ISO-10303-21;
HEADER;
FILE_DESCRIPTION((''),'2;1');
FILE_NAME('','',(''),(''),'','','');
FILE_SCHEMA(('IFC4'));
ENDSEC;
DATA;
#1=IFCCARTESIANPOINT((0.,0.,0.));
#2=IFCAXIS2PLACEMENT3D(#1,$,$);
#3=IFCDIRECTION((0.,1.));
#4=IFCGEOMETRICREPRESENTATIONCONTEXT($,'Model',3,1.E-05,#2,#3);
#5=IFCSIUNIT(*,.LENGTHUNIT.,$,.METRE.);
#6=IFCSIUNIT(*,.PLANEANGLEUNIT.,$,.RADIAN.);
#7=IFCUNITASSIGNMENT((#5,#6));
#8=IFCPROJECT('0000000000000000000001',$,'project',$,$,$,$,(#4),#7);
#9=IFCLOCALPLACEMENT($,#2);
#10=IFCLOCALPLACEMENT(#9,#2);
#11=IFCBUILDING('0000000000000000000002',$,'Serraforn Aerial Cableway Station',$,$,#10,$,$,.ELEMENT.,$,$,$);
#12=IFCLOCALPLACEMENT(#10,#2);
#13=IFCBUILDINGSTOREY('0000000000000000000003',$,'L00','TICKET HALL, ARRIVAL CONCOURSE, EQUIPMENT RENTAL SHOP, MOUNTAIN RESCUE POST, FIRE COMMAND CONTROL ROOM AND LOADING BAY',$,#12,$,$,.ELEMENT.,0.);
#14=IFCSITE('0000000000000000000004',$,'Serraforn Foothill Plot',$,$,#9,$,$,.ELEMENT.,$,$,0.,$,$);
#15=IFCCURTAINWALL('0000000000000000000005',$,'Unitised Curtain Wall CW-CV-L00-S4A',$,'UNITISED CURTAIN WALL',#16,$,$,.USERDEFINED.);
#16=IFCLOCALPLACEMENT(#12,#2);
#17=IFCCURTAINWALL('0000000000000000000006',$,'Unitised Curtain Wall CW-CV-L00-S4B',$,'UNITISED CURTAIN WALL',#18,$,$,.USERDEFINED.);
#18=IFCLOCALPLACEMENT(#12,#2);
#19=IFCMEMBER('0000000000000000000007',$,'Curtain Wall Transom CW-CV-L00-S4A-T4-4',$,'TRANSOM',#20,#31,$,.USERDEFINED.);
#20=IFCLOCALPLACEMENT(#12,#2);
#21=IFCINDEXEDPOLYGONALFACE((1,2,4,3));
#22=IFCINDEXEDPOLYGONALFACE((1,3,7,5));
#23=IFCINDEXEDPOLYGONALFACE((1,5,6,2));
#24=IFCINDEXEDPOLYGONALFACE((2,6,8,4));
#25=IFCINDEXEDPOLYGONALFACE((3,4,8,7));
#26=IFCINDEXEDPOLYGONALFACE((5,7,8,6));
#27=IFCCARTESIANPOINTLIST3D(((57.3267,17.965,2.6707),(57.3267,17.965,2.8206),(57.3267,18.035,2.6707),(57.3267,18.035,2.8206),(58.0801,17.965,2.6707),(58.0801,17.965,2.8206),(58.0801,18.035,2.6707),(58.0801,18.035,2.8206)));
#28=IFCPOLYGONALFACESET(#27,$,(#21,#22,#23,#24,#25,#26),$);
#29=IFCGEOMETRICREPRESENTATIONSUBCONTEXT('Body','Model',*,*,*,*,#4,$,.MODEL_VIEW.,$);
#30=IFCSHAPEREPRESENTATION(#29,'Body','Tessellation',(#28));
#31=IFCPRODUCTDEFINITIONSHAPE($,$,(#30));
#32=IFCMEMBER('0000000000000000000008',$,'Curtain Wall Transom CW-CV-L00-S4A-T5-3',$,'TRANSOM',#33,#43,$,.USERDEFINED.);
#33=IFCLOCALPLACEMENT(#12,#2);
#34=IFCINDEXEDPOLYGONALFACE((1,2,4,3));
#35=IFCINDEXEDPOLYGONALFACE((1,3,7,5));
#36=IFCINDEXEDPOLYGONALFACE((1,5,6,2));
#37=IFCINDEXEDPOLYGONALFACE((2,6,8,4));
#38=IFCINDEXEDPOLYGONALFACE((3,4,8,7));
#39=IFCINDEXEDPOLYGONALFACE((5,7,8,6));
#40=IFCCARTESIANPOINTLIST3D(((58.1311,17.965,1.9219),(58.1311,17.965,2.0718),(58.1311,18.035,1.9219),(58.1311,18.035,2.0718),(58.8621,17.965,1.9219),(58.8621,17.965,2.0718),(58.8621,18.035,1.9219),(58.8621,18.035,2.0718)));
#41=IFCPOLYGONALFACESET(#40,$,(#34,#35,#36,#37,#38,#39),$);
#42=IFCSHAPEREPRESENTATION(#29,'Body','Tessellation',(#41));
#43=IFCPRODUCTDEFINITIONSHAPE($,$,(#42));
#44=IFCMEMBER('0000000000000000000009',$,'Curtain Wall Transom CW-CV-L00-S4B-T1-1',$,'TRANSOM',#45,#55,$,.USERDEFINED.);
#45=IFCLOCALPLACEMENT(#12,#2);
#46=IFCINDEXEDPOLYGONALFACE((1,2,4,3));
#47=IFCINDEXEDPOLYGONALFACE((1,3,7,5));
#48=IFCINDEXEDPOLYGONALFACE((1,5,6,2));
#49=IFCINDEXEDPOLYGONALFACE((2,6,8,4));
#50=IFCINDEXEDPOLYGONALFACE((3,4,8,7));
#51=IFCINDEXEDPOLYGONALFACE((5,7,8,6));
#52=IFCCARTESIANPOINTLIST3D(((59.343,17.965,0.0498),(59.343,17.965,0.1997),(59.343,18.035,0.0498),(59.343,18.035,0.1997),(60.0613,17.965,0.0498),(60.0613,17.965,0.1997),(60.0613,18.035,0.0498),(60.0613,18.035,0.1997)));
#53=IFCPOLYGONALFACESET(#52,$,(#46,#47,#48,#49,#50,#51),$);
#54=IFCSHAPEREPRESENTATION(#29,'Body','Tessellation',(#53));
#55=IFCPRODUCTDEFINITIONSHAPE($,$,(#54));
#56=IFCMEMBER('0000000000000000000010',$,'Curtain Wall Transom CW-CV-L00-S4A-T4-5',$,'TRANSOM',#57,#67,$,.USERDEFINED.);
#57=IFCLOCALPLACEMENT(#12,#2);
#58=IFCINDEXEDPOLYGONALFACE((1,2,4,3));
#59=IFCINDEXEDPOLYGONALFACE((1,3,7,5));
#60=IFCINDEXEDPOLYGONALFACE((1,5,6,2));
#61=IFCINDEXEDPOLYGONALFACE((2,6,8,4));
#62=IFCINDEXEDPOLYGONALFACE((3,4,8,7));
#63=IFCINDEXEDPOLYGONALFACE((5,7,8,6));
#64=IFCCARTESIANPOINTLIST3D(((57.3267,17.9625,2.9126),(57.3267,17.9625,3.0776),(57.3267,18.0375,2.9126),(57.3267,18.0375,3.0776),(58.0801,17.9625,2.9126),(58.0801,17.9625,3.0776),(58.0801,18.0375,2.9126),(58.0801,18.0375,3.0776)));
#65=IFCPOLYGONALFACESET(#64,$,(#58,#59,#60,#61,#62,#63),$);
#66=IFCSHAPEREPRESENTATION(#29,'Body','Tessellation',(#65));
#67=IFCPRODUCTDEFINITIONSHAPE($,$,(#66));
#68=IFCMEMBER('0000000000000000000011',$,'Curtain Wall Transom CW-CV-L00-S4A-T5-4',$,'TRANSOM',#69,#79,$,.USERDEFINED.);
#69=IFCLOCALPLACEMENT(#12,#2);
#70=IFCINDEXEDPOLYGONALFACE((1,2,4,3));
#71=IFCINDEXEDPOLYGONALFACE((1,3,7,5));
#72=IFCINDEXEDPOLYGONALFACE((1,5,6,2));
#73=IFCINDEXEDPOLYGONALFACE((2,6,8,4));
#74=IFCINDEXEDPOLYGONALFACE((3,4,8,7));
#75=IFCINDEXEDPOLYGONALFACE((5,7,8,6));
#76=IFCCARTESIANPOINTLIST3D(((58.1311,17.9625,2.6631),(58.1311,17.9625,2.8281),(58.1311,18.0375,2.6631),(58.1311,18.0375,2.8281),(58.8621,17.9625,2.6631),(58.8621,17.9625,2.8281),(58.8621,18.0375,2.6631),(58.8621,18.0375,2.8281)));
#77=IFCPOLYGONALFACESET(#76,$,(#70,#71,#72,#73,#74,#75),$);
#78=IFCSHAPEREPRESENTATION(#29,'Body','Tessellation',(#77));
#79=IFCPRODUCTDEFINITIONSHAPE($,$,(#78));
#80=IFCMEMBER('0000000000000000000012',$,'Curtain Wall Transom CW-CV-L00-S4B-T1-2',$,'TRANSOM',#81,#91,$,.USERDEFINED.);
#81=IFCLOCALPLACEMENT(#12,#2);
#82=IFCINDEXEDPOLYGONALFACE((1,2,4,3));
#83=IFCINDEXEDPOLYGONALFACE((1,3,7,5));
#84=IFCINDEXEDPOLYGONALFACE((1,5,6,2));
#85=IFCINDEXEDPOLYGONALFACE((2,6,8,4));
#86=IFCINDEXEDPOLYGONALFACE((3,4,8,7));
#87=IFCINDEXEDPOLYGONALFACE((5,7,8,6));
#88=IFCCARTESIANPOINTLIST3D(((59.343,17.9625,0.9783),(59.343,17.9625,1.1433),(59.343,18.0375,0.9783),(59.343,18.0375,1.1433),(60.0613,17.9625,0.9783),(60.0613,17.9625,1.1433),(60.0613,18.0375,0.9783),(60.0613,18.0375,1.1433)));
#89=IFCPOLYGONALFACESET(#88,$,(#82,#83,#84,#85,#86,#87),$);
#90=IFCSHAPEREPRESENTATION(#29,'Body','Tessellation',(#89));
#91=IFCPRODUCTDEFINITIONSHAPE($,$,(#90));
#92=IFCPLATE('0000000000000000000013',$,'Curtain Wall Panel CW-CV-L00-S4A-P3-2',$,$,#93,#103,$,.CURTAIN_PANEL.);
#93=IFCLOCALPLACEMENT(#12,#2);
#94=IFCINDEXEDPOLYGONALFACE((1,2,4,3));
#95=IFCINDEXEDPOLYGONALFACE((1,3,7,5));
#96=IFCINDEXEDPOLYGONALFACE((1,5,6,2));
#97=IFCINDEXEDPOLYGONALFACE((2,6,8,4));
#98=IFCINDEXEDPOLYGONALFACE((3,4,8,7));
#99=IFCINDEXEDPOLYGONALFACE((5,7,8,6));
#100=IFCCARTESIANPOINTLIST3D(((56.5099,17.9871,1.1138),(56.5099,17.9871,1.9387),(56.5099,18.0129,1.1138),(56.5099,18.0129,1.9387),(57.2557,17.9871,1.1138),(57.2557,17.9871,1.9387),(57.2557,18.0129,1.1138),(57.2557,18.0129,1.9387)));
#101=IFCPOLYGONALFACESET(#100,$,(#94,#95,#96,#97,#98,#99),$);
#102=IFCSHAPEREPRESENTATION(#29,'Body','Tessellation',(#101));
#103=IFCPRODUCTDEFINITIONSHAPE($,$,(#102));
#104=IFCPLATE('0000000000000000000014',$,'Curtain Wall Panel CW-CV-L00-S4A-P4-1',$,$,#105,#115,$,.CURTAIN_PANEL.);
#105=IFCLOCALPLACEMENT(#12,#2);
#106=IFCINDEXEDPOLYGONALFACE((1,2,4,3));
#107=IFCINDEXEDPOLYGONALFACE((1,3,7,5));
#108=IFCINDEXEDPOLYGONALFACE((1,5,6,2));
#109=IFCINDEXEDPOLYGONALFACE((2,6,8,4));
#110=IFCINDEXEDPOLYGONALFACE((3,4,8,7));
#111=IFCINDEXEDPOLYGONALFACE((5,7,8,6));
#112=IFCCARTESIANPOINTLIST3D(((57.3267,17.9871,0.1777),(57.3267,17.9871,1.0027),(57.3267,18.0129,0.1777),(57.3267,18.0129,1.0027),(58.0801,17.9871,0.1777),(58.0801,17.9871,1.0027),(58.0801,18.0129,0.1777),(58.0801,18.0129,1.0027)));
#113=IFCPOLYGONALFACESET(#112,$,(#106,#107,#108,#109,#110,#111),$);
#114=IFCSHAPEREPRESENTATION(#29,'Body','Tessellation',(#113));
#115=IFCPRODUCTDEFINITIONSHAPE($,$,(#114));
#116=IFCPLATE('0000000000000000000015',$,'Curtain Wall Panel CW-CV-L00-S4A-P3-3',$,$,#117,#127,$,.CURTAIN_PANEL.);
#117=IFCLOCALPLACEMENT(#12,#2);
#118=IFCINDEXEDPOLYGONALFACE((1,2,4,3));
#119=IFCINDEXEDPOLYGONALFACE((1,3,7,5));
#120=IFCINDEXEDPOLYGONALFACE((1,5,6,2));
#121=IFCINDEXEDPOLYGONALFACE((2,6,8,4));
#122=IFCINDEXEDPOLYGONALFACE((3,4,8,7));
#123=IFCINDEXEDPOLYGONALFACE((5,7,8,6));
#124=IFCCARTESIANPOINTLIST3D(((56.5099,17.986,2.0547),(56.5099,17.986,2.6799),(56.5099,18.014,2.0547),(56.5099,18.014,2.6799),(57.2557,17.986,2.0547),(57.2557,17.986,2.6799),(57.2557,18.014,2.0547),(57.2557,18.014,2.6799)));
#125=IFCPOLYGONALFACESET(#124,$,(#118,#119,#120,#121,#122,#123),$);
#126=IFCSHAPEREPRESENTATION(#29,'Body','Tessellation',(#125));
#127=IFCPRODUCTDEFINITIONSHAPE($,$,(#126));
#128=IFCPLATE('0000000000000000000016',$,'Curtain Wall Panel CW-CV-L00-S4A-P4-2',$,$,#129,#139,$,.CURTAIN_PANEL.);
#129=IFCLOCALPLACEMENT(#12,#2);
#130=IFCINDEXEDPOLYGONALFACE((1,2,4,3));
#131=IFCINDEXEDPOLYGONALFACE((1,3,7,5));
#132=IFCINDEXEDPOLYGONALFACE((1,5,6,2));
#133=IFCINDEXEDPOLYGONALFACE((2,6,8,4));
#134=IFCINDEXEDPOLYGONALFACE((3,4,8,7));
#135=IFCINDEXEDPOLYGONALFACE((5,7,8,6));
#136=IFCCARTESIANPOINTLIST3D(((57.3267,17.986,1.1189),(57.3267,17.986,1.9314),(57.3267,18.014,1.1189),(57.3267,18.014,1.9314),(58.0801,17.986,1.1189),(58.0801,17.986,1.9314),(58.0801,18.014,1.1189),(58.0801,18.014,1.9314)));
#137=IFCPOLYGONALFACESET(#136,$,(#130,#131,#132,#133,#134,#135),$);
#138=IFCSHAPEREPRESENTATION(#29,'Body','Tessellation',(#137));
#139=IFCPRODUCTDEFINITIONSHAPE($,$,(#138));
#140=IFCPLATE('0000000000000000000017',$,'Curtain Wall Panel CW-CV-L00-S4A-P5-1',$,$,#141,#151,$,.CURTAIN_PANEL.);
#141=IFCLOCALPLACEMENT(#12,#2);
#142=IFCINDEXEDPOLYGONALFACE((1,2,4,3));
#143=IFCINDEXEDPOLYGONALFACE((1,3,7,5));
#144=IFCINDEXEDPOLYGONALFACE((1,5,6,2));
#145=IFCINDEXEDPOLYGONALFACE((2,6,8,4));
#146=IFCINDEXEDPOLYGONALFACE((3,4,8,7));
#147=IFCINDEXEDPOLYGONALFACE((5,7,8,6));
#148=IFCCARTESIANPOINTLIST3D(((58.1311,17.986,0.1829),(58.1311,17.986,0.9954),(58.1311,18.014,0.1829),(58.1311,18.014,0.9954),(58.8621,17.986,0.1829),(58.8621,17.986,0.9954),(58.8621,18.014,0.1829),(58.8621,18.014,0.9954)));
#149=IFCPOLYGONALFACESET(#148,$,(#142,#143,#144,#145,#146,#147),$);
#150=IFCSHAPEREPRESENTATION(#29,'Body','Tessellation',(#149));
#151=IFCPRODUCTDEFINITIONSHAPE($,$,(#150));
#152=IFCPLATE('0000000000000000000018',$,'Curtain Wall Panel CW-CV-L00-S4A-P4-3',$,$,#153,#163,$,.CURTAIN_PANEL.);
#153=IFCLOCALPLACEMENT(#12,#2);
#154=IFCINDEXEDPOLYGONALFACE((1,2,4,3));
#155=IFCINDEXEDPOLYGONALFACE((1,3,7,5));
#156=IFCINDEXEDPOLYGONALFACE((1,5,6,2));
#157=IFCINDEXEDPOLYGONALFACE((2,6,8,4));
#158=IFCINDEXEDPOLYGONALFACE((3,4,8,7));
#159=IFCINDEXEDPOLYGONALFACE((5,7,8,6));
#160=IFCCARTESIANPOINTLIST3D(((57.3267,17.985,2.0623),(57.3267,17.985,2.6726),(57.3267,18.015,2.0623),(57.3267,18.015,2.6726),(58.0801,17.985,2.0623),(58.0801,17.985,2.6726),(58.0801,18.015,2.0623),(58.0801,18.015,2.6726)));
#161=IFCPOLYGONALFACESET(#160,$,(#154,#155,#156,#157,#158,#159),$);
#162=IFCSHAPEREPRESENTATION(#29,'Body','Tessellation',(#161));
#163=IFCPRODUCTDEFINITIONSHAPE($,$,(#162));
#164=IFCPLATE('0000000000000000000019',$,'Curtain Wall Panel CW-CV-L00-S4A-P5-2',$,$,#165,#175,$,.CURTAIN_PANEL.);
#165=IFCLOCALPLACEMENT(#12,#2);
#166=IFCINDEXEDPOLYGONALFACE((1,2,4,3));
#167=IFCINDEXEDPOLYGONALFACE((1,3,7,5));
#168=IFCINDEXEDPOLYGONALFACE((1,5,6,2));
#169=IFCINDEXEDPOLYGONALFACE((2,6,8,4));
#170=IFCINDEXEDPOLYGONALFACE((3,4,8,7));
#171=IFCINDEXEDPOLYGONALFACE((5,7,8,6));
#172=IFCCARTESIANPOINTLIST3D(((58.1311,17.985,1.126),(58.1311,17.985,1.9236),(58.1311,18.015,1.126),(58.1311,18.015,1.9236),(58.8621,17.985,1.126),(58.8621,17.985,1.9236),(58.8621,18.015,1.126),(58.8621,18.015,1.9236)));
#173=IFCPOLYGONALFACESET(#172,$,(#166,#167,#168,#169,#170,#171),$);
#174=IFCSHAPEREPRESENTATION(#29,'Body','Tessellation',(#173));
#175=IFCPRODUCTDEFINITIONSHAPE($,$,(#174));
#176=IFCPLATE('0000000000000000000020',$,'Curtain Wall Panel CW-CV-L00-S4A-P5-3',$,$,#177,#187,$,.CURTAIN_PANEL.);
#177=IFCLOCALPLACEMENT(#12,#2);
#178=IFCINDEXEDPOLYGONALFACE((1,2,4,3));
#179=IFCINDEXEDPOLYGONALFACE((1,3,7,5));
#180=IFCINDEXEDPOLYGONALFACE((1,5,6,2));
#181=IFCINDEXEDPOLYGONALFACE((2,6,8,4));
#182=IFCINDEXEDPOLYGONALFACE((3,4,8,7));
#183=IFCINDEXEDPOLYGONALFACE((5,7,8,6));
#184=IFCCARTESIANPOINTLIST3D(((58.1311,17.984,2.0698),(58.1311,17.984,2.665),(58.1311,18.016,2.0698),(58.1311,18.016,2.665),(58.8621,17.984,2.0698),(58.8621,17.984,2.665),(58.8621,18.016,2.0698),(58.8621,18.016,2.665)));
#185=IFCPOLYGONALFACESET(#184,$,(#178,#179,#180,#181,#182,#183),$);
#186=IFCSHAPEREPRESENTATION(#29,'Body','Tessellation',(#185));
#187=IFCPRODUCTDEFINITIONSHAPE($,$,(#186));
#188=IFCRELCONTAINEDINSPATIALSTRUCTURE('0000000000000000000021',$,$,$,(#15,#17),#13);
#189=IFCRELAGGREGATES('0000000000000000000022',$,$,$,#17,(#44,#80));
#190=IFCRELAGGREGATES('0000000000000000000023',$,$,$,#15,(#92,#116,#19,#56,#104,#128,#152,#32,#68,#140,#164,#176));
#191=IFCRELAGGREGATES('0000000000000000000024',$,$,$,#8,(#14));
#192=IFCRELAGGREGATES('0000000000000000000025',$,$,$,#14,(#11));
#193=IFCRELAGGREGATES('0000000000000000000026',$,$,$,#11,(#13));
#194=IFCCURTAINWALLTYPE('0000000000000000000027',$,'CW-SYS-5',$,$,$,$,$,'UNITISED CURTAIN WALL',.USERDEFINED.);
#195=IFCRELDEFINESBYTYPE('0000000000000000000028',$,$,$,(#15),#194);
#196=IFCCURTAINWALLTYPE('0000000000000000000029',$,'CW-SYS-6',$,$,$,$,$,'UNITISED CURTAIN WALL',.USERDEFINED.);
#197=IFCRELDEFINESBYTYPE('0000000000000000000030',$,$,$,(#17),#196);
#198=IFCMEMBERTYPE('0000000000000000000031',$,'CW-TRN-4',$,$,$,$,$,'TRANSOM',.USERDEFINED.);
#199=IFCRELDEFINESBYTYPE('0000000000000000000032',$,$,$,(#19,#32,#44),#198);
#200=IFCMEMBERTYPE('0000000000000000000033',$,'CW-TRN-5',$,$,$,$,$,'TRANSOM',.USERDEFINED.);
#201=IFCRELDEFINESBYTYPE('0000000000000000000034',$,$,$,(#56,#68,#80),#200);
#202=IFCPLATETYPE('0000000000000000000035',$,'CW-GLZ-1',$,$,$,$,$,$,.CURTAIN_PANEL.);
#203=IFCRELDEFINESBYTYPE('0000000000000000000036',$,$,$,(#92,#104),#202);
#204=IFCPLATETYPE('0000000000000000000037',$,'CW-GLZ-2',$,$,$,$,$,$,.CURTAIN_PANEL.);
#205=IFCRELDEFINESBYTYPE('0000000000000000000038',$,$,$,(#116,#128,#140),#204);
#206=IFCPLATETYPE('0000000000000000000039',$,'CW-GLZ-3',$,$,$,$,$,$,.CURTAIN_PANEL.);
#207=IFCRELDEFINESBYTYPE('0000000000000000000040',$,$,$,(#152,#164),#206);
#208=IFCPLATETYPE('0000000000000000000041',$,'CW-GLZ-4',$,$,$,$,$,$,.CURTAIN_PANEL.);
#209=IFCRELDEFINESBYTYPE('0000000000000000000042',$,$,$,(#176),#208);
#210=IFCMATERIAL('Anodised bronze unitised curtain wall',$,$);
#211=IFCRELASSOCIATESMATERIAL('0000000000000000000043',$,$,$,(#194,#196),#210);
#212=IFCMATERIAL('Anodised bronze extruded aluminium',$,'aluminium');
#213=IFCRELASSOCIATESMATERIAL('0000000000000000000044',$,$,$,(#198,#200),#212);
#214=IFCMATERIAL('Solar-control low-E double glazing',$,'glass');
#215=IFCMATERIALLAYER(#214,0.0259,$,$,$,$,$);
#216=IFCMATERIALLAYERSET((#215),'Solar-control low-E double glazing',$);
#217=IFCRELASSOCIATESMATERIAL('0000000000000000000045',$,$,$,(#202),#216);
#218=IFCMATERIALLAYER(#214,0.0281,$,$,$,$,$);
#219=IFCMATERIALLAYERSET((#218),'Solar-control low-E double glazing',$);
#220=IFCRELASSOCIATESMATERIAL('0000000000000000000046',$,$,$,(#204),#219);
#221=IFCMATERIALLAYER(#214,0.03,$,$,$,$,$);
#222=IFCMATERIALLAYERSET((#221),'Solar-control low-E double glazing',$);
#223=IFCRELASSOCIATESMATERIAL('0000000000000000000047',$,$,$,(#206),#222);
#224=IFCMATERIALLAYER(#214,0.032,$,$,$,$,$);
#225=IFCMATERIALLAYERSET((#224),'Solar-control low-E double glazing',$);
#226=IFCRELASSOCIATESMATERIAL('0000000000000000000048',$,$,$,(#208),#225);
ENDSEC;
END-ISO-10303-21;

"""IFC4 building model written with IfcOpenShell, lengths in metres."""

from ifc_helpers import new_model, si_unit, direction, frame, origin, origin_2d, place, context, subcontext, project, spatial, rectangle, extrude, material, layer, layer_set, material_profile, profile_set, type_object, element, aggregate, save


model = new_model("IFC4")

# Units and contexts
model_context = context("Model", 3, precision=1e-05, world=origin(), true_north=direction((0.0, 1.0)))
body_context = subcontext(model_context, "Body", "Model", "MODEL_VIEW")
ifc_project = project(units=[si_unit("LENGTHUNIT", "METRE"), si_unit("PLANEANGLEUNIT", "RADIAN")], contexts=[model_context])

# Site, building, storey
site_placement = place(None, origin())
site = spatial("IfcSite", under=ifc_project, at=site_placement, Name="Serraforn Foothill Plot", CompositionType="ELEMENT", RefElevation=0.0)
building_placement = place(site_placement, origin())
building = spatial("IfcBuilding", under=site, at=building_placement, Name="Serraforn Aerial Cableway Station", CompositionType="ELEMENT")
storey_placement = place(building_placement, origin())
storey = spatial("IfcBuildingStorey", under=building, at=storey_placement, Name="L00", Description="TICKET HALL, ARRIVAL CONCOURSE, EQUIPMENT RENTAL SHOP, MOUNTAIN RESCUE POST, FIRE COMMAND CONTROL ROOM AND LOADING BAY", CompositionType="ELEMENT", Elevation=0.0)

# Curtain wall
ifc_material_1 = material(Name="Anodised bronze unitised curtain wall")
curtain_wall_type_1 = type_object("IfcCurtainWallType", Name="CW-SYS-5", ElementType="UNITISED CURTAIN WALL", PredefinedType="USERDEFINED", material=ifc_material_1)
curtain_wall_1_placement = place(storey_placement, origin())
curtain_wall_1 = element("IfcCurtainWall", 1, at=curtain_wall_1_placement, inside=storey, type_object=curtain_wall_type_1, Name="Unitised Curtain Wall CW-CV-L00-S4A", ObjectType="UNITISED CURTAIN WALL", PredefinedType="USERDEFINED")
ifc_material_2 = material(Name="Anodised bronze extruded aluminium", Category="aluminium")

# Curtain wall
curtain_wall_type_2 = type_object("IfcCurtainWallType", Name="CW-SYS-6", ElementType="UNITISED CURTAIN WALL", PredefinedType="USERDEFINED", material=ifc_material_1)
curtain_wall_2_placement = place(storey_placement, origin())
curtain_wall_2 = element("IfcCurtainWall", 2, at=curtain_wall_2_placement, inside=storey, type_object=curtain_wall_type_2, Name="Unitised Curtain Wall CW-CV-L00-S4B", ObjectType="UNITISED CURTAIN WALL", PredefinedType="USERDEFINED")

# Members
ifc_material_profile_1 = material_profile(ifc_material_2, rectangle(XDim=0.0701, YDim=0.1499, at=origin_2d()), Name="CW TRANSOM 70x150")
ifc_profile_set_1 = profile_set([ifc_material_profile_1], Name="Anodised bronze extruded aluminium")
member_type_1 = type_object("IfcMemberType", Name="CW-TRN-4", ElementType="TRANSOM", PredefinedType="USERDEFINED", material=ifc_profile_set_1)
member_1_placement = place(storey_placement, frame((57.3267, 18.0, 2.7456), z_axis=(1.0, 0.0, 0.0), x_axis=(0.0, 1.0, 0.0)))
member_1 = element("IfcMember", 3, at=member_1_placement, type_object=member_type_1, Name="Curtain Wall Transom CW-CV-L00-S4A-T4-4", ObjectType="TRANSOM", PredefinedType="USERDEFINED", context=body_context, shape_type="SweptSolid", body=[
    extrude(rectangle(XDim=0.0701, YDim=0.1499, at=origin_2d()), origin(), (0.0, 0.0, 1.0), 0.7534),
])
member_2_placement = place(storey_placement, frame((58.1311, 18.0, 1.9968), z_axis=(1.0, 0.0, 0.0), x_axis=(0.0, 1.0, 0.0)))
member_2 = element("IfcMember", 4, at=member_2_placement, type_object=member_type_1, Name="Curtain Wall Transom CW-CV-L00-S4A-T5-3", ObjectType="TRANSOM", PredefinedType="USERDEFINED", context=body_context, shape_type="SweptSolid", body=[
    extrude(rectangle(XDim=0.0701, YDim=0.1499, at=origin_2d()), origin(), (0.0, 0.0, 1.0), 0.731),
])
member_3_placement = place(storey_placement, frame((59.343, 18.0, 0.1248), z_axis=(1.0, 0.0, 0.0), x_axis=(0.0, 1.0, 0.0)))
member_3 = element("IfcMember", 5, at=member_3_placement, type_object=member_type_1, Name="Curtain Wall Transom CW-CV-L00-S4B-T1-1", ObjectType="TRANSOM", PredefinedType="USERDEFINED", context=body_context, shape_type="SweptSolid", body=[
    extrude(rectangle(XDim=0.0701, YDim=0.1499, at=origin_2d()), origin(), (0.0, 0.0, 1.0), 0.7183),
])
ifc_material_profile_2 = material_profile(ifc_material_2, rectangle(XDim=0.075, YDim=0.165, at=origin_2d()), Name="CW TRANSOM 75x165")
ifc_profile_set_2 = profile_set([ifc_material_profile_2], Name="Anodised bronze extruded aluminium")
member_type_2 = type_object("IfcMemberType", Name="CW-TRN-5", ElementType="TRANSOM", PredefinedType="USERDEFINED", material=ifc_profile_set_2)
member_4_placement = place(storey_placement, frame((57.3267, 18.0, 2.9951), z_axis=(1.0, 0.0, 0.0), x_axis=(0.0, 1.0, 0.0)))
member_4 = element("IfcMember", 6, at=member_4_placement, type_object=member_type_2, Name="Curtain Wall Transom CW-CV-L00-S4A-T4-5", ObjectType="TRANSOM", PredefinedType="USERDEFINED", context=body_context, shape_type="SweptSolid", body=[
    extrude(rectangle(XDim=0.075, YDim=0.165, at=origin_2d()), origin(), (0.0, 0.0, 1.0), 0.7534),
])
member_5_placement = place(storey_placement, frame((58.1311, 18.0, 2.7456), z_axis=(1.0, 0.0, 0.0), x_axis=(0.0, 1.0, 0.0)))
member_5 = element("IfcMember", 7, at=member_5_placement, type_object=member_type_2, Name="Curtain Wall Transom CW-CV-L00-S4A-T5-4", ObjectType="TRANSOM", PredefinedType="USERDEFINED", context=body_context, shape_type="SweptSolid", body=[
    extrude(rectangle(XDim=0.075, YDim=0.165, at=origin_2d()), origin(), (0.0, 0.0, 1.0), 0.731),
])
member_6_placement = place(storey_placement, frame((59.343, 18.0, 1.0608), z_axis=(1.0, 0.0, 0.0), x_axis=(0.0, 1.0, 0.0)))
member_6 = element("IfcMember", 8, at=member_6_placement, type_object=member_type_2, Name="Curtain Wall Transom CW-CV-L00-S4B-T1-2", ObjectType="TRANSOM", PredefinedType="USERDEFINED", context=body_context, shape_type="SweptSolid", body=[
    extrude(rectangle(XDim=0.075, YDim=0.165, at=origin_2d()), origin(), (0.0, 0.0, 1.0), 0.7183),
])
aggregate(curtain_wall_2, [member_3, member_6])

# Plates
ifc_material_3 = material(Name="Solar-control low-E double glazing", Category="glass")
ifc_layer_1 = layer(ifc_material_3, 0.0259)
ifc_layer_set_1 = layer_set([ifc_layer_1], Name="Solar-control low-E double glazing")
plate_type_1 = type_object("IfcPlateType", Name="CW-GLZ-1", PredefinedType="CURTAIN_PANEL", material=ifc_layer_set_1)
plate_1_placement = place(storey_placement, frame((56.8828, 18.0, 1.1138), z_axis=(0.0, 0.0, 1.0), x_axis=(1.0, 0.0, 0.0)))
plate_1 = element("IfcPlate", 9, at=plate_1_placement, type_object=plate_type_1, Name="Curtain Wall Panel CW-CV-L00-S4A-P3-2", PredefinedType="CURTAIN_PANEL", context=body_context, shape_type="SweptSolid", body=[
    extrude(rectangle(XDim=0.7458, YDim=0.0259, at=origin_2d()), origin(), (0.0, 0.0, 1.0), 0.825),
])
plate_2_placement = place(storey_placement, frame((57.7034, 18.0, 0.1777), z_axis=(0.0, 0.0, 1.0), x_axis=(1.0, 0.0, 0.0)))
plate_2 = element("IfcPlate", 10, at=plate_2_placement, type_object=plate_type_1, Name="Curtain Wall Panel CW-CV-L00-S4A-P4-1", PredefinedType="CURTAIN_PANEL", context=body_context, shape_type="SweptSolid", body=[
    extrude(rectangle(XDim=0.7534, YDim=0.0259, at=origin_2d()), origin(), (0.0, 0.0, 1.0), 0.825),
])
ifc_layer_2 = layer(ifc_material_3, 0.0281)
ifc_layer_set_2 = layer_set([ifc_layer_2], Name="Solar-control low-E double glazing")
plate_type_2 = type_object("IfcPlateType", Name="CW-GLZ-2", PredefinedType="CURTAIN_PANEL", material=ifc_layer_set_2)
plate_3_placement = place(storey_placement, frame((56.8828, 18.0, 2.0547), z_axis=(0.0, 0.0, 1.0), x_axis=(1.0, 0.0, 0.0)))
plate_3 = element("IfcPlate", 11, at=plate_3_placement, type_object=plate_type_2, Name="Curtain Wall Panel CW-CV-L00-S4A-P3-3", PredefinedType="CURTAIN_PANEL", context=body_context, shape_type="SweptSolid", body=[
    extrude(rectangle(XDim=0.7458, YDim=0.0281, at=origin_2d()), origin(), (0.0, 0.0, 1.0), 0.6252),
])
plate_4_placement = place(storey_placement, frame((57.7034, 18.0, 1.1189), z_axis=(0.0, 0.0, 1.0), x_axis=(1.0, 0.0, 0.0)))
plate_4 = element("IfcPlate", 12, at=plate_4_placement, type_object=plate_type_2, Name="Curtain Wall Panel CW-CV-L00-S4A-P4-2", PredefinedType="CURTAIN_PANEL", context=body_context, shape_type="SweptSolid", body=[
    extrude(rectangle(XDim=0.7534, YDim=0.0281, at=origin_2d()), origin(), (0.0, 0.0, 1.0), 0.8125),
])
plate_5_placement = place(storey_placement, frame((58.4966, 18.0, 0.1829), z_axis=(0.0, 0.0, 1.0), x_axis=(1.0, 0.0, 0.0)))
plate_5 = element("IfcPlate", 13, at=plate_5_placement, type_object=plate_type_2, Name="Curtain Wall Panel CW-CV-L00-S4A-P5-1", PredefinedType="CURTAIN_PANEL", context=body_context, shape_type="SweptSolid", body=[
    extrude(rectangle(XDim=0.731, YDim=0.0281, at=origin_2d()), origin(), (0.0, 0.0, 1.0), 0.8125),
])
ifc_layer_3 = layer(ifc_material_3, 0.03)
ifc_layer_set_3 = layer_set([ifc_layer_3], Name="Solar-control low-E double glazing")
plate_type_3 = type_object("IfcPlateType", Name="CW-GLZ-3", PredefinedType="CURTAIN_PANEL", material=ifc_layer_set_3)
plate_6_placement = place(storey_placement, frame((57.7034, 18.0, 2.0623), z_axis=(0.0, 0.0, 1.0), x_axis=(1.0, 0.0, 0.0)))
plate_6 = element("IfcPlate", 14, at=plate_6_placement, type_object=plate_type_3, Name="Curtain Wall Panel CW-CV-L00-S4A-P4-3", PredefinedType="CURTAIN_PANEL", context=body_context, shape_type="SweptSolid", body=[
    extrude(rectangle(XDim=0.7534, YDim=0.03, at=origin_2d()), origin(), (0.0, 0.0, 1.0), 0.6104),
])
plate_7_placement = place(storey_placement, frame((58.4966, 18.0, 1.126), z_axis=(0.0, 0.0, 1.0), x_axis=(1.0, 0.0, 0.0)))
plate_7 = element("IfcPlate", 15, at=plate_7_placement, type_object=plate_type_3, Name="Curtain Wall Panel CW-CV-L00-S4A-P5-2", PredefinedType="CURTAIN_PANEL", context=body_context, shape_type="SweptSolid", body=[
    extrude(rectangle(XDim=0.731, YDim=0.03, at=origin_2d()), origin(), (0.0, 0.0, 1.0), 0.7976),
])
ifc_layer_4 = layer(ifc_material_3, 0.032)
ifc_layer_set_4 = layer_set([ifc_layer_4], Name="Solar-control low-E double glazing")
plate_type_4 = type_object("IfcPlateType", Name="CW-GLZ-4", PredefinedType="CURTAIN_PANEL", material=ifc_layer_set_4)
plate_8_placement = place(storey_placement, frame((58.4966, 18.0, 2.0698), z_axis=(0.0, 0.0, 1.0), x_axis=(1.0, 0.0, 0.0)))
plate_8 = element("IfcPlate", 16, at=plate_8_placement, type_object=plate_type_4, Name="Curtain Wall Panel CW-CV-L00-S4A-P5-3", PredefinedType="CURTAIN_PANEL", context=body_context, shape_type="SweptSolid", body=[
    extrude(rectangle(XDim=0.731, YDim=0.032, at=origin_2d()), origin(), (0.0, 0.0, 1.0), 0.5952),
])
aggregate(curtain_wall_1, [plate_1, plate_3, member_1, member_4, plate_2, plate_4, plate_6, member_2, member_5, plate_5, plate_7, plate_8])

save(model, "model.ifc")
